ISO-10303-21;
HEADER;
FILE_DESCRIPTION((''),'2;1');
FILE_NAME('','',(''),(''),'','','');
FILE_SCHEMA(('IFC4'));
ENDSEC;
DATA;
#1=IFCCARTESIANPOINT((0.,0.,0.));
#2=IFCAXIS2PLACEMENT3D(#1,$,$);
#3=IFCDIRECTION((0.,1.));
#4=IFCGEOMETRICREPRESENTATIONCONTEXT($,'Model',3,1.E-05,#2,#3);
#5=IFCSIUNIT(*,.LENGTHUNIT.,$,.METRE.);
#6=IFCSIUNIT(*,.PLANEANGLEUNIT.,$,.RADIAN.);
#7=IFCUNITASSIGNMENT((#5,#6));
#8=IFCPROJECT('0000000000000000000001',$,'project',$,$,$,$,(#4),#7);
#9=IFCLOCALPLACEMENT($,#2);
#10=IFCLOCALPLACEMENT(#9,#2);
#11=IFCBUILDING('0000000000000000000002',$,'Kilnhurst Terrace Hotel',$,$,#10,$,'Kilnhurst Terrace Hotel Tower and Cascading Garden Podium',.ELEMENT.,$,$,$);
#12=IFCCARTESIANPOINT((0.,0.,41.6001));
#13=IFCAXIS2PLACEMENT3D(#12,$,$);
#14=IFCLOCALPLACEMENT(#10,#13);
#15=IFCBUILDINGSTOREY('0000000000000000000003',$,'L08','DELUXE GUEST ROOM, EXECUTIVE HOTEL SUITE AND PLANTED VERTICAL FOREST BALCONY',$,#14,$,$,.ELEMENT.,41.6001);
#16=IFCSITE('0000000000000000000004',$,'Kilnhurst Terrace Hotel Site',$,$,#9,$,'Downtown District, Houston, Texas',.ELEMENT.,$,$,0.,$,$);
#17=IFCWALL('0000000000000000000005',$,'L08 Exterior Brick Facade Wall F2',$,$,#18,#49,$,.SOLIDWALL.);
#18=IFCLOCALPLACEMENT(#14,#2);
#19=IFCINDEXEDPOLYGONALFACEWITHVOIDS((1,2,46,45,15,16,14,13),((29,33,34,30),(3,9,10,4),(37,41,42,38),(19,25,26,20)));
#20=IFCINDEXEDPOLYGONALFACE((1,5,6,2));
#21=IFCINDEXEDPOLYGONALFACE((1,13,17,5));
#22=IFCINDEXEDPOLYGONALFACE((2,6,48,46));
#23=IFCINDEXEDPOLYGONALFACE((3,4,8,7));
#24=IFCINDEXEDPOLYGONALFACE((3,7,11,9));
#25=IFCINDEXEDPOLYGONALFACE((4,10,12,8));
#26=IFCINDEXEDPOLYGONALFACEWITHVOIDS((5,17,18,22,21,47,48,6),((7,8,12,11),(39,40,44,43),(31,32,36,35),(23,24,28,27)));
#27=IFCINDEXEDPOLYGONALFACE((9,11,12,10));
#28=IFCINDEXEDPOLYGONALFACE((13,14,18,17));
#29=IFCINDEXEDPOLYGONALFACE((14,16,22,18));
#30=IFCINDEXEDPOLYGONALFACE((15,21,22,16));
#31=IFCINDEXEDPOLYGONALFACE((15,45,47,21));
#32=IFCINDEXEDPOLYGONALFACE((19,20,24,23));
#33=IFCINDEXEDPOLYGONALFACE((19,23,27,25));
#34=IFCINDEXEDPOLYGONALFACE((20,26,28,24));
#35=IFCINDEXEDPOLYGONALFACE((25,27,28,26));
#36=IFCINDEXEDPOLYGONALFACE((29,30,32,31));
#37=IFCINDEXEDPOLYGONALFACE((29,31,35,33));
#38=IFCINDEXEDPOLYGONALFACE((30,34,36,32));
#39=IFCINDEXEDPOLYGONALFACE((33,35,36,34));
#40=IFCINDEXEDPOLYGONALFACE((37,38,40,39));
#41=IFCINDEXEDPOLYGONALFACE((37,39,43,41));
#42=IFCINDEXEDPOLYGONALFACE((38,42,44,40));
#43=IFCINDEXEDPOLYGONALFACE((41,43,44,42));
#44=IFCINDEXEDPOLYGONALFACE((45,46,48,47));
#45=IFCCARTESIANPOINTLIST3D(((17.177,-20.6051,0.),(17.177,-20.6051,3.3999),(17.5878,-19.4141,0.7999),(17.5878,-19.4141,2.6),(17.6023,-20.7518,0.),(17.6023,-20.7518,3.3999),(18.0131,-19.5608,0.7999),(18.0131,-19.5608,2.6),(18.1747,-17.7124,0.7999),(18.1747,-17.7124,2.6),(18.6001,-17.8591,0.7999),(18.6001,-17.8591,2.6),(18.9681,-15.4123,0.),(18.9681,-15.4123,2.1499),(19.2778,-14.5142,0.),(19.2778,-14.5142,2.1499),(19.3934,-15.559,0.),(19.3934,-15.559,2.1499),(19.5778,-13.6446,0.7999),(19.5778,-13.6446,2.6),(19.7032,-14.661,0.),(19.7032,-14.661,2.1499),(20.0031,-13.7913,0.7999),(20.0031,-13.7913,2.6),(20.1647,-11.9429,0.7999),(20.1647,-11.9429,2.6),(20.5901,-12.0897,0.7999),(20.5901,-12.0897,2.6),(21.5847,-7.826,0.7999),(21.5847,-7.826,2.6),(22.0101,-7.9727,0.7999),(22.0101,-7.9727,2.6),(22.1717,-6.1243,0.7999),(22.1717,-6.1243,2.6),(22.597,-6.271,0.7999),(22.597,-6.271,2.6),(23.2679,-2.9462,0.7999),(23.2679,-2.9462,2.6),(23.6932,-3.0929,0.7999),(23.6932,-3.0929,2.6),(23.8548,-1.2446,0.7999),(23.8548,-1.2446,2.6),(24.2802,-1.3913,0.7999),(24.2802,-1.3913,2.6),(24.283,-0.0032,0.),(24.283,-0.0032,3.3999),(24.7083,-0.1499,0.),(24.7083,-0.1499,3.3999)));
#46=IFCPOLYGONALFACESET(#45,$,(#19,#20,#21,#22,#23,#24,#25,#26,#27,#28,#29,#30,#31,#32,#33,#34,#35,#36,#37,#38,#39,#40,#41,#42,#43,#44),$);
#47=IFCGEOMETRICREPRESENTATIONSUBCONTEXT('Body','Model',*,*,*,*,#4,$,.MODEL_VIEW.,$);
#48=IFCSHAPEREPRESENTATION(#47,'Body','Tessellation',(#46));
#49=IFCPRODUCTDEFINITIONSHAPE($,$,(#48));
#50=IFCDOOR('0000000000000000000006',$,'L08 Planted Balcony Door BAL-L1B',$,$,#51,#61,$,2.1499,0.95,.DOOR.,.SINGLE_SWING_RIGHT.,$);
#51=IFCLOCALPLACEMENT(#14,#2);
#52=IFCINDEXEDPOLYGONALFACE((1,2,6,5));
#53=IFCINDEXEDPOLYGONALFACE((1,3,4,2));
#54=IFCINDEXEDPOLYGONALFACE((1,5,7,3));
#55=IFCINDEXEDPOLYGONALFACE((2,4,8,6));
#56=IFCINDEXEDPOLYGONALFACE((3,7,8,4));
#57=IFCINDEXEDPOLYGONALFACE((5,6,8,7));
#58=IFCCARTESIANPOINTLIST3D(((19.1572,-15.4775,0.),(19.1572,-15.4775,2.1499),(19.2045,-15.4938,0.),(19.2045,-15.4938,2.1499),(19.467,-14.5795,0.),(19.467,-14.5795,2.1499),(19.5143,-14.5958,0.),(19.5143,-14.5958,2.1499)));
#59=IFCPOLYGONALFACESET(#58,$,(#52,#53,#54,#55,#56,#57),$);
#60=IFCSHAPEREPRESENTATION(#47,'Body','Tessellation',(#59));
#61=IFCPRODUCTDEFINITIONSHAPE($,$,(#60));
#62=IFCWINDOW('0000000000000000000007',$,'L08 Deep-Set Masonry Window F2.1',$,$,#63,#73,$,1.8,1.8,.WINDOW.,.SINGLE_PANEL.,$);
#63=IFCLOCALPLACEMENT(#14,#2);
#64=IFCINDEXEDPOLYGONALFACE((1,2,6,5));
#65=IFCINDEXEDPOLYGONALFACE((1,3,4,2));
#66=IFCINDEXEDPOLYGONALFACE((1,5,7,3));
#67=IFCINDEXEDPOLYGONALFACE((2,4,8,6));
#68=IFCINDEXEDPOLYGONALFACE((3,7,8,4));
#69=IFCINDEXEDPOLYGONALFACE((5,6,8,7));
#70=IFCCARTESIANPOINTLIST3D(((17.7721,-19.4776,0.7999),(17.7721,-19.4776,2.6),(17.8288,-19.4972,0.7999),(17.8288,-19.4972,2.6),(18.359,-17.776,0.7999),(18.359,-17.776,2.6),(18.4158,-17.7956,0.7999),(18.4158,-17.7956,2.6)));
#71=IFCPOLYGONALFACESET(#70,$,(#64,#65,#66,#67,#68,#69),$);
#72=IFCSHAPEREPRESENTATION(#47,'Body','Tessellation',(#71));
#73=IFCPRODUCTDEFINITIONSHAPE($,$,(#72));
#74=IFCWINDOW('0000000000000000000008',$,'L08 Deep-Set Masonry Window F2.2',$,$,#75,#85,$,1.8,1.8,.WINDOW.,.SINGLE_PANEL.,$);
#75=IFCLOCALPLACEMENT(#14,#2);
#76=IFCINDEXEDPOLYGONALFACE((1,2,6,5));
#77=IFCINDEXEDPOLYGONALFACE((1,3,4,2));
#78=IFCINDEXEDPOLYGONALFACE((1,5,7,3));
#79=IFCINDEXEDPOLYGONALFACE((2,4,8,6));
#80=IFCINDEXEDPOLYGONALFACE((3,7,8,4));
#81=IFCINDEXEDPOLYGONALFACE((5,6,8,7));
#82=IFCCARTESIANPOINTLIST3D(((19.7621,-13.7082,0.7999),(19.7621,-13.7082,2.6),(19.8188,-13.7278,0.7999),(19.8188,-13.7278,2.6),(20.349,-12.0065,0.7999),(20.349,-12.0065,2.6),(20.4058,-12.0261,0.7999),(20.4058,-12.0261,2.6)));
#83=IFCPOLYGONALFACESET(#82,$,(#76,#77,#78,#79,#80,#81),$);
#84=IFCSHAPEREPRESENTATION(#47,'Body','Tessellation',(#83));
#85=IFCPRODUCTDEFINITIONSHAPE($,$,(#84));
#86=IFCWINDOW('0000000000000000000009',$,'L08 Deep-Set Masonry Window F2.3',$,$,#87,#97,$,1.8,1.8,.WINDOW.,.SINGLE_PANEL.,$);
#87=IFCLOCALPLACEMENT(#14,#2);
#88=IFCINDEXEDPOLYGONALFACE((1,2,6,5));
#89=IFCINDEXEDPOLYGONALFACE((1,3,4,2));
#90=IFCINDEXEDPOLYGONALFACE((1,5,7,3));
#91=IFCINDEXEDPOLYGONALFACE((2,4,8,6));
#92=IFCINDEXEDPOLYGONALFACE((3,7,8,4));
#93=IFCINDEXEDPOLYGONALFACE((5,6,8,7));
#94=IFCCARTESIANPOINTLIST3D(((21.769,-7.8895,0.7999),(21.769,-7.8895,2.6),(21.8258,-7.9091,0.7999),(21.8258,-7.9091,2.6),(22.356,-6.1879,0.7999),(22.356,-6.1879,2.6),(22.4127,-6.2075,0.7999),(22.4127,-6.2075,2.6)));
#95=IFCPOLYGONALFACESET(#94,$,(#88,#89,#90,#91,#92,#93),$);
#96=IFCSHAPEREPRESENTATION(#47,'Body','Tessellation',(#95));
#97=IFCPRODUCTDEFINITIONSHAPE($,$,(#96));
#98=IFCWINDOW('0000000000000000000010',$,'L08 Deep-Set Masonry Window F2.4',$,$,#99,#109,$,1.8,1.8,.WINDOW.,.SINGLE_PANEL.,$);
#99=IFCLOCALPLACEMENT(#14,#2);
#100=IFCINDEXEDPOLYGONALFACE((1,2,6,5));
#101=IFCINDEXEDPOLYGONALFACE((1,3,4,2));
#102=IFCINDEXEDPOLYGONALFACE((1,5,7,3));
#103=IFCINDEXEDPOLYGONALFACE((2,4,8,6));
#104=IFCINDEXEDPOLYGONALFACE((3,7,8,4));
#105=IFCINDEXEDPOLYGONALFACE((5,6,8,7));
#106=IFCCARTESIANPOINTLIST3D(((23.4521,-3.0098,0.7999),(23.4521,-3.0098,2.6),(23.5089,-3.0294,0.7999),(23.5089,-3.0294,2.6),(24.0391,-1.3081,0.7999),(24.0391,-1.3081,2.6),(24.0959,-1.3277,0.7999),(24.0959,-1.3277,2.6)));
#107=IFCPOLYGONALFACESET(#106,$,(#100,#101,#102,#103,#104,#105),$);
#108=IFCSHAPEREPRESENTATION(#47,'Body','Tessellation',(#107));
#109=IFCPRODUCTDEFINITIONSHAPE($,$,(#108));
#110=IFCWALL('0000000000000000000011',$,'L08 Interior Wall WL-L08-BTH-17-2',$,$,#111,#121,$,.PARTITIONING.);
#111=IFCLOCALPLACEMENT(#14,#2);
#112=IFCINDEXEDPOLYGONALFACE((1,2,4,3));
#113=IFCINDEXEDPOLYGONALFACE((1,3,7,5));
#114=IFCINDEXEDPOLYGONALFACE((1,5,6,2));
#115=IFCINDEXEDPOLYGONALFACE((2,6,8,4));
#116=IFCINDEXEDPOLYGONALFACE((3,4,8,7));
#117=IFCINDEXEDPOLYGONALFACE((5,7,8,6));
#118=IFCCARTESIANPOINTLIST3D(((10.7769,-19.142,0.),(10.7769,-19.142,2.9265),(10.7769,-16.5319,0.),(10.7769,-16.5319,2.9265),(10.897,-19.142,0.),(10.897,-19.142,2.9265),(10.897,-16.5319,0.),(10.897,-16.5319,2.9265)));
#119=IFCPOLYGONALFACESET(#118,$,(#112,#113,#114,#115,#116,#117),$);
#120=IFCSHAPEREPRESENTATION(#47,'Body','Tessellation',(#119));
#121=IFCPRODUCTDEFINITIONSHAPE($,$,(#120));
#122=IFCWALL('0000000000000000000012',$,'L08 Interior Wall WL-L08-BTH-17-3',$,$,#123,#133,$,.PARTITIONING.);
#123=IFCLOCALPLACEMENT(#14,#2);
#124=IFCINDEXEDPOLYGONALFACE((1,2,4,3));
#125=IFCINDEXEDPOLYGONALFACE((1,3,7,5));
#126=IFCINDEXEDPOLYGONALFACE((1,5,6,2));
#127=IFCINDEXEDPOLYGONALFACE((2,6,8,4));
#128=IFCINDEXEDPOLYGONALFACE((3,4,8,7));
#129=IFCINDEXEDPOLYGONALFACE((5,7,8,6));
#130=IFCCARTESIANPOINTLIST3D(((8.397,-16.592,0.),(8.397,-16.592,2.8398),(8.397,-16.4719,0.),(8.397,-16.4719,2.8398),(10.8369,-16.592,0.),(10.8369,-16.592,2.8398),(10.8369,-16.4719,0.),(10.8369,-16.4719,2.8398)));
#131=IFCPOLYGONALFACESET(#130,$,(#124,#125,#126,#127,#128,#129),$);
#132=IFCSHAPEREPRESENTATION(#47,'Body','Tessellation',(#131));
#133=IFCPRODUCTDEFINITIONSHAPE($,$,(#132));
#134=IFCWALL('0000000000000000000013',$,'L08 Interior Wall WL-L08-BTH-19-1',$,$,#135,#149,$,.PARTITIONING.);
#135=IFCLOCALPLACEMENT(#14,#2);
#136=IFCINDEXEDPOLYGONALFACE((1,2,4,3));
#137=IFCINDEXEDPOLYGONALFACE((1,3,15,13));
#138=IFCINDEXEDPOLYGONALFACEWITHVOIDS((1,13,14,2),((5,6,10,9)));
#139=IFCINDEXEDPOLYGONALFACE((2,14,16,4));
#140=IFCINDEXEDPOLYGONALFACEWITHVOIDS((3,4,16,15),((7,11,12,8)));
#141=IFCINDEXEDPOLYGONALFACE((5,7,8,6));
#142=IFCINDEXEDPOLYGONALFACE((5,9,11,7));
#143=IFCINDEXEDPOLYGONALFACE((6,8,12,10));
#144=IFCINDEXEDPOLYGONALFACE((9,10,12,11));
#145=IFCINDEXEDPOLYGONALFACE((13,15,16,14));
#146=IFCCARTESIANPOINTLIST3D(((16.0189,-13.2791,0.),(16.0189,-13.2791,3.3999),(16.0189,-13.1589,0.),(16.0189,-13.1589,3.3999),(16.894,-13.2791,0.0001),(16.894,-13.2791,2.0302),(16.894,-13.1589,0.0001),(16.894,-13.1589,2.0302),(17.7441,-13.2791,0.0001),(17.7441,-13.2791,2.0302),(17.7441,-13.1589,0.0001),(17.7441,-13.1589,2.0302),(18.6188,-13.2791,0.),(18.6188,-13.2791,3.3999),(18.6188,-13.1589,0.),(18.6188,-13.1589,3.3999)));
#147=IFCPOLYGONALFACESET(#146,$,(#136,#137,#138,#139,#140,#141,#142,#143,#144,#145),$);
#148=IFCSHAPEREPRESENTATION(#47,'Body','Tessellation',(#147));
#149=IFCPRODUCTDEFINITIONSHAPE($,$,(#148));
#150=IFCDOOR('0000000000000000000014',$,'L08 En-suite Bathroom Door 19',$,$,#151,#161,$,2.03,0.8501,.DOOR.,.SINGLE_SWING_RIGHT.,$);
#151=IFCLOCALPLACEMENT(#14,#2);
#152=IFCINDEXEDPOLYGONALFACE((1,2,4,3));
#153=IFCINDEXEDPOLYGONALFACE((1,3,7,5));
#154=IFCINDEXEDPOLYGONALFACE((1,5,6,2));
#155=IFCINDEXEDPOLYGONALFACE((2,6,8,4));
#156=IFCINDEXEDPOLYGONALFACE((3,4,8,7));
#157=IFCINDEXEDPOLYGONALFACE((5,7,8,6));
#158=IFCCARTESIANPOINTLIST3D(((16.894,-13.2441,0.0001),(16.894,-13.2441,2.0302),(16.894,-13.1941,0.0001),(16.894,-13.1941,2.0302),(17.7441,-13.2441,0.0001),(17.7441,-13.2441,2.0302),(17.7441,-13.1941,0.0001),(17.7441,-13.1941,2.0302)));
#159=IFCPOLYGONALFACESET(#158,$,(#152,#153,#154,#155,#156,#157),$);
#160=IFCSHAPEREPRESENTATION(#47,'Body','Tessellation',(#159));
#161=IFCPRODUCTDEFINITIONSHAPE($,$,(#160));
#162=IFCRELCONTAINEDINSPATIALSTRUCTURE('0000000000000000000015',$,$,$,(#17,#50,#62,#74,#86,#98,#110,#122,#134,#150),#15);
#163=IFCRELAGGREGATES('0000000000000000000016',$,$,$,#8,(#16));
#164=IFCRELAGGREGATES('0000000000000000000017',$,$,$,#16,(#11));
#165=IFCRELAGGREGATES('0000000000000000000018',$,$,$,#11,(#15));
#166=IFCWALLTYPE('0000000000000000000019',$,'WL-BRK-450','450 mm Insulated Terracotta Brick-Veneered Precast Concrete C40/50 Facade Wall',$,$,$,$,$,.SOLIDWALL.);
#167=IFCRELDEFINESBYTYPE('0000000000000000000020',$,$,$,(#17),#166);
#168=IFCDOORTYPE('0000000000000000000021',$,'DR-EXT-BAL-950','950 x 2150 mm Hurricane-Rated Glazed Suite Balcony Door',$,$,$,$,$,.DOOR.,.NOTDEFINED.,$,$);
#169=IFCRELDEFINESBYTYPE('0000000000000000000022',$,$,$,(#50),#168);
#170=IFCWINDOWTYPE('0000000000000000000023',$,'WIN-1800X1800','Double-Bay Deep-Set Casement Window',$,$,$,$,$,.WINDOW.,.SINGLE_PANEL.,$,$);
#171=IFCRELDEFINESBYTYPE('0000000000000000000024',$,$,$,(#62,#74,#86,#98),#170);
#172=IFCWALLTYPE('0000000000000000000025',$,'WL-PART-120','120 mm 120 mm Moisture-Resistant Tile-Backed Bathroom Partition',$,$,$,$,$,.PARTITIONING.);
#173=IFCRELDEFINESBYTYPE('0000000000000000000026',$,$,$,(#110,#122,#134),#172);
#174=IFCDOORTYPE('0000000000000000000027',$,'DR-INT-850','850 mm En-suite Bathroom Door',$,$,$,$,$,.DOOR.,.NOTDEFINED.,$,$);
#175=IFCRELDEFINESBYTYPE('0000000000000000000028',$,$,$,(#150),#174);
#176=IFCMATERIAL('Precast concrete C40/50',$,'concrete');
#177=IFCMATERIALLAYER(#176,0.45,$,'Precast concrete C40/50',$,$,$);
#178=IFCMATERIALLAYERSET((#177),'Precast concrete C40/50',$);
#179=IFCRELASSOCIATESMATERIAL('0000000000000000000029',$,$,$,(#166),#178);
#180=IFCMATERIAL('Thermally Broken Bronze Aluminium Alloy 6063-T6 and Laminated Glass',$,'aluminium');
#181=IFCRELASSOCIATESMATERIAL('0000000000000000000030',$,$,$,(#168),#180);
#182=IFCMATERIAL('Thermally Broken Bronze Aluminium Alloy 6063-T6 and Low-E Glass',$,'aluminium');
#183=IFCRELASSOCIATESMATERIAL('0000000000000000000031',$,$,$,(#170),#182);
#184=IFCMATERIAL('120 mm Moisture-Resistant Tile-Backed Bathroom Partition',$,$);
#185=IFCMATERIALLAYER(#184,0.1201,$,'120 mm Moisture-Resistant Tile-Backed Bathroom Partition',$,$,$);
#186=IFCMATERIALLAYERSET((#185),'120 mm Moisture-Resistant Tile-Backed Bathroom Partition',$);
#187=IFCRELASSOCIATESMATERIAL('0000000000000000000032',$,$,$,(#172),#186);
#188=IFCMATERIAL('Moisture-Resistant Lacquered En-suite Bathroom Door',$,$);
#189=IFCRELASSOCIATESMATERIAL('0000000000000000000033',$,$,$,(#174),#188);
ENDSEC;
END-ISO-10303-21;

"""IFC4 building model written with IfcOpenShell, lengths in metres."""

from ifc_helpers import new_model, si_unit, direction, frame, frame_2d, origin, place, context, subcontext, project, spatial, rectangle, extrude, material, layer, layer_set, type_object, element, fill, save


model = new_model("IFC4")

# Units and contexts
model_context = context("Model", 3, precision=1e-05, world=origin(), true_north=direction((0.0, 1.0)))
body_context = subcontext(model_context, "Body", "Model", "MODEL_VIEW")
ifc_project = project(units=[si_unit("LENGTHUNIT", "METRE"), si_unit("PLANEANGLEUNIT", "RADIAN")], contexts=[model_context])

# Site, building, storey
site_placement = place(None, origin())
site = spatial("IfcSite", under=ifc_project, at=site_placement, Name="Kilnhurst Terrace Hotel Site", LongName="Downtown District, Houston, Texas", CompositionType="ELEMENT", RefElevation=0.0)
building_placement = place(site_placement, origin())
building = spatial("IfcBuilding", under=site, at=building_placement, Name="Kilnhurst Terrace Hotel", LongName="Kilnhurst Terrace Hotel Tower and Cascading Garden Podium", CompositionType="ELEMENT")
storey_placement = place(building_placement, frame((0.0, 0.0, 41.6001)))
storey = spatial("IfcBuildingStorey", under=building, at=storey_placement, Name="L08", Description="DELUXE GUEST ROOM, EXECUTIVE HOTEL SUITE AND PLANTED VERTICAL FOREST BALCONY", CompositionType="ELEMENT", Elevation=41.6001)

# Shared definitions
ifc_material_1 = material(Name="Precast concrete C40/50", Category="concrete")
ifc_layer_1 = layer(ifc_material_1, 0.45, Name="Precast concrete C40/50")
ifc_layer_set_1 = layer_set([ifc_layer_1], Name="Precast concrete C40/50")
wall_type_1 = type_object("IfcWallType", Name="WL-BRK-450", Description="450 mm Insulated Terracotta Brick-Veneered Precast Concrete C40/50 Facade Wall", PredefinedType="SOLIDWALL", material=ifc_layer_set_1)

# Wall, openings, door, windows
wall_1_placement = place(storey_placement, frame((17.3896, -20.6785, 0.0), z_axis=(0.0, 0.0, 1.0), x_axis=(0.326068, 0.945346, 0.0)))
wall_1 = element("IfcWall", 1, at=wall_1_placement, inside=storey, type_object=wall_type_1, Name="L08 Exterior Brick Facade Wall F2", PredefinedType="SOLIDWALL", context=body_context, shape_type="SweptSolid", body=[
    extrude(rectangle(XDim=21.793, YDim=0.45, at=frame_2d((10.8965, 0.0))), origin(), (0.0, 0.0, 1.0), 3.3999),
])
opening_1_placement = place(wall_1_placement, frame((5.4929, 0.0, 0.0)))
opening_1 = element("IfcOpeningElement", 2, at=opening_1_placement, cuts=wall_1, PredefinedType="OPENING", context=body_context, shape_type="SweptSolid", body=[
    extrude(rectangle(XDim=0.95, YDim=2.1499, at=frame_2d((0.4751, 1.075))), frame((0.0, 0.2349, 0.0), z_axis=(0.0, -1.0, 0.0), x_axis=(1.0, 0.0, 0.0)), (0.0, 0.0, 1.0), 0.47),
])
opening_2_placement = place(wall_1_placement, frame((1.26, 0.0, 0.8)))
opening_2 = element("IfcOpeningElement", 3, at=opening_2_placement, cuts=wall_1, PredefinedType="OPENING", context=body_context, shape_type="SweptSolid", body=[
    extrude(rectangle(XDim=1.8, YDim=1.8, at=frame_2d((0.8999, 0.8999))), frame((0.0, 0.2349, 0.0), z_axis=(0.0, -1.0, 0.0), x_axis=(1.0, 0.0, 0.0)), (0.0, 0.0, 1.0), 0.47),
])
opening_3_placement = place(wall_1_placement, frame((7.363, 0.0, 0.8)))
opening_3 = element("IfcOpeningElement", 4, at=opening_3_placement, cuts=wall_1, PredefinedType="OPENING", context=body_context, shape_type="SweptSolid", body=[
    extrude(rectangle(XDim=1.8, YDim=1.8, at=frame_2d((0.8999, 0.8999))), frame((0.0, 0.2349, 0.0), z_axis=(0.0, -1.0, 0.0), x_axis=(1.0, 0.0, 0.0)), (0.0, 0.0, 1.0), 0.47),
])
opening_4_placement = place(wall_1_placement, frame((13.5181, 0.0, 0.8)))
opening_4 = element("IfcOpeningElement", 5, at=opening_4_placement, cuts=wall_1, PredefinedType="OPENING", context=body_context, shape_type="SweptSolid", body=[
    extrude(rectangle(XDim=1.8, YDim=1.8, at=frame_2d((0.8999, 0.8999))), frame((0.0, 0.2349, 0.0), z_axis=(0.0, -1.0, 0.0), x_axis=(1.0, 0.0, 0.0)), (0.0, 0.0, 1.0), 0.47),
])
opening_5_placement = place(wall_1_placement, frame((18.6799, 0.0, 0.8)))
opening_5 = element("IfcOpeningElement", 6, at=opening_5_placement, cuts=wall_1, PredefinedType="OPENING", context=body_context, shape_type="SweptSolid", body=[
    extrude(rectangle(XDim=1.8, YDim=1.8, at=frame_2d((0.8999, 0.8999))), frame((0.0, 0.2349, 0.0), z_axis=(0.0, -1.0, 0.0), x_axis=(1.0, 0.0, 0.0)), (0.0, 0.0, 1.0), 0.47),
])
ifc_material_2 = material(Name="Thermally Broken Bronze Aluminium Alloy 6063-T6 and Laminated Glass", Category="aluminium")
door_type_1 = type_object("IfcDoorType", Name="DR-EXT-BAL-950", Description="950 x 2150 mm Hurricane-Rated Glazed Suite Balcony Door", OperationType="NOTDEFINED", PredefinedType="DOOR", material=ifc_material_2)
door_1_placement = place(opening_1_placement, origin())
door_1 = element("IfcDoor", 7, at=door_1_placement, inside=storey, type_object=door_type_1, Name="L08 Planted Balcony Door BAL-L1B", OperationType="SINGLE_SWING_RIGHT", OverallHeight=2.1499, OverallWidth=0.95, PredefinedType="DOOR", context=body_context, shape_type="SweptSolid", body=[
    extrude(rectangle(XDim=0.95, YDim=2.1499, at=frame_2d((0.4751, 1.075))), frame((0.0, 0.0249, 0.0), z_axis=(0.0, -1.0, 0.0), x_axis=(1.0, 0.0, 0.0)), (0.0, 0.0, 1.0), 0.05),
])
fill(opening_1, door_1)
ifc_material_3 = material(Name="Thermally Broken Bronze Aluminium Alloy 6063-T6 and Low-E Glass", Category="aluminium")
window_type = type_object("IfcWindowType", Name="WIN-1800X1800", Description="Double-Bay Deep-Set Casement Window", PartitioningType="SINGLE_PANEL", PredefinedType="WINDOW", material=ifc_material_3)
window_1_placement = place(opening_2_placement, origin())
window_1 = element("IfcWindow", 8, at=window_1_placement, inside=storey, type_object=window_type, Name="L08 Deep-Set Masonry Window F2.1", OverallHeight=1.8, OverallWidth=1.8, PartitioningType="SINGLE_PANEL", PredefinedType="WINDOW", context=body_context, shape_type="SweptSolid", body=[
    extrude(rectangle(XDim=1.8, YDim=1.8, at=frame_2d((0.8999, 0.8999))), frame((0.0, 0.03, 0.0), z_axis=(0.0, -1.0, 0.0), x_axis=(1.0, 0.0, 0.0)), (0.0, 0.0, 1.0), 0.0601),
])
fill(opening_2, window_1)
window_2_placement = place(opening_3_placement, origin())
window_2 = element("IfcWindow", 9, at=window_2_placement, inside=storey, type_object=window_type, Name="L08 Deep-Set Masonry Window F2.2", OverallHeight=1.8, OverallWidth=1.8, PartitioningType="SINGLE_PANEL", PredefinedType="WINDOW", context=body_context, shape_type="SweptSolid", body=[
    extrude(rectangle(XDim=1.8, YDim=1.8, at=frame_2d((0.8999, 0.8999))), frame((0.0, 0.03, 0.0), z_axis=(0.0, -1.0, 0.0), x_axis=(1.0, 0.0, 0.0)), (0.0, 0.0, 1.0), 0.0601),
])
fill(opening_3, window_2)
window_3_placement = place(opening_4_placement, origin())
window_3 = element("IfcWindow", 10, at=window_3_placement, inside=storey, type_object=window_type, Name="L08 Deep-Set Masonry Window F2.3", OverallHeight=1.8, OverallWidth=1.8, PartitioningType="SINGLE_PANEL", PredefinedType="WINDOW", context=body_context, shape_type="SweptSolid", body=[
    extrude(rectangle(XDim=1.8, YDim=1.8, at=frame_2d((0.8999, 0.8999))), frame((0.0, 0.03, 0.0), z_axis=(0.0, -1.0, 0.0), x_axis=(1.0, 0.0, 0.0)), (0.0, 0.0, 1.0), 0.0601),
])
fill(opening_4, window_3)
window_4_placement = place(opening_5_placement, origin())
window_4 = element("IfcWindow", 11, at=window_4_placement, inside=storey, type_object=window_type, Name="L08 Deep-Set Masonry Window F2.4", OverallHeight=1.8, OverallWidth=1.8, PartitioningType="SINGLE_PANEL", PredefinedType="WINDOW", context=body_context, shape_type="SweptSolid", body=[
    extrude(rectangle(XDim=1.8, YDim=1.8, at=frame_2d((0.8999, 0.8999))), frame((0.0, 0.03, 0.0), z_axis=(0.0, -1.0, 0.0), x_axis=(1.0, 0.0, 0.0)), (0.0, 0.0, 1.0), 0.0601),
])
fill(opening_5, window_4)

# Walls
ifc_material_4 = material(Name="120 mm Moisture-Resistant Tile-Backed Bathroom Partition")
ifc_layer_2 = layer(ifc_material_4, 0.1201, Name="120 mm Moisture-Resistant Tile-Backed Bathroom Partition")
ifc_layer_set_2 = layer_set([ifc_layer_2], Name="120 mm Moisture-Resistant Tile-Backed Bathroom Partition")
wall_type_2 = type_object("IfcWallType", Name="WL-PART-120", Description="120 mm 120 mm Moisture-Resistant Tile-Backed Bathroom Partition", PredefinedType="PARTITIONING", material=ifc_layer_set_2)
wall_2_placement = place(storey_placement, frame((10.8369, -19.1421, 0.0), z_axis=(0.0, 0.0, 1.0), x_axis=(0.0, 1.0, 0.0)))
element("IfcWall", 12, at=wall_2_placement, inside=storey, type_object=wall_type_2, Name="L08 Interior Wall WL-L08-BTH-17-2", PredefinedType="PARTITIONING", context=body_context, shape_type="SweptSolid", body=[
    extrude(rectangle(XDim=2.6101, YDim=0.1201, at=frame_2d((1.3052, 0.0))), origin(), (0.0, 0.0, 1.0), 2.9265),
])
wall_3_placement = place(storey_placement, frame((10.8369, -16.532, 0.0), z_axis=(0.0, 0.0, 1.0), x_axis=(-1.0, 0.0, 0.0)))
element("IfcWall", 13, at=wall_3_placement, inside=storey, type_object=wall_type_2, Name="L08 Interior Wall WL-L08-BTH-17-3", PredefinedType="PARTITIONING", context=body_context, shape_type="SweptSolid", body=[
    extrude(rectangle(XDim=2.4399, YDim=0.1201, at=frame_2d((1.22, 0.0))), origin(), (0.0, 0.0, 1.0), 2.8398),
])

# Wall, opening, door
wall_4_placement = place(storey_placement, frame((16.019, -13.219, 0.0), z_axis=(0.0, 0.0, 1.0), x_axis=(1.0, 0.0, 0.0)))
wall_4 = element("IfcWall", 14, at=wall_4_placement, inside=storey, type_object=wall_type_2, Name="L08 Interior Wall WL-L08-BTH-19-1", PredefinedType="PARTITIONING", context=body_context, shape_type="SweptSolid", body=[
    extrude(rectangle(XDim=2.5999, YDim=0.1201, at=frame_2d((1.2998, 0.0))), origin(), (0.0, 0.0, 1.0), 3.3999),
])
opening_6_placement = place(wall_4_placement, frame((0.875, 0.0, 0.0)))
opening_6 = element("IfcOpeningElement", 15, at=opening_6_placement, cuts=wall_4, PredefinedType="OPENING", context=body_context, shape_type="SweptSolid", body=[
    extrude(rectangle(XDim=0.8501, YDim=2.03, at=frame_2d((0.425, 1.0151))), frame((0.0, 0.0701, 0.0), z_axis=(0.0, -1.0, 0.0), x_axis=(1.0, 0.0, 0.0)), (0.0, 0.0, 1.0), 0.1401),
])
ifc_material_5 = material(Name="Moisture-Resistant Lacquered En-suite Bathroom Door")
door_type_2 = type_object("IfcDoorType", Name="DR-INT-850", Description="850 mm En-suite Bathroom Door", OperationType="NOTDEFINED", PredefinedType="DOOR", material=ifc_material_5)
door_2_placement = place(opening_6_placement, origin())
door_2 = element("IfcDoor", 16, at=door_2_placement, inside=storey, type_object=door_type_2, Name="L08 En-suite Bathroom Door 19", OperationType="SINGLE_SWING_RIGHT", OverallHeight=2.03, OverallWidth=0.8501, PredefinedType="DOOR", context=body_context, shape_type="SweptSolid", body=[
    extrude(rectangle(XDim=0.8501, YDim=2.03, at=frame_2d((0.425, 1.0151))), frame((0.0, 0.0249, 0.0), z_axis=(0.0, -1.0, 0.0), x_axis=(1.0, 0.0, 0.0)), (0.0, 0.0, 1.0), 0.05),
])
fill(opening_6, door_2)

save(model, "model.ifc")
